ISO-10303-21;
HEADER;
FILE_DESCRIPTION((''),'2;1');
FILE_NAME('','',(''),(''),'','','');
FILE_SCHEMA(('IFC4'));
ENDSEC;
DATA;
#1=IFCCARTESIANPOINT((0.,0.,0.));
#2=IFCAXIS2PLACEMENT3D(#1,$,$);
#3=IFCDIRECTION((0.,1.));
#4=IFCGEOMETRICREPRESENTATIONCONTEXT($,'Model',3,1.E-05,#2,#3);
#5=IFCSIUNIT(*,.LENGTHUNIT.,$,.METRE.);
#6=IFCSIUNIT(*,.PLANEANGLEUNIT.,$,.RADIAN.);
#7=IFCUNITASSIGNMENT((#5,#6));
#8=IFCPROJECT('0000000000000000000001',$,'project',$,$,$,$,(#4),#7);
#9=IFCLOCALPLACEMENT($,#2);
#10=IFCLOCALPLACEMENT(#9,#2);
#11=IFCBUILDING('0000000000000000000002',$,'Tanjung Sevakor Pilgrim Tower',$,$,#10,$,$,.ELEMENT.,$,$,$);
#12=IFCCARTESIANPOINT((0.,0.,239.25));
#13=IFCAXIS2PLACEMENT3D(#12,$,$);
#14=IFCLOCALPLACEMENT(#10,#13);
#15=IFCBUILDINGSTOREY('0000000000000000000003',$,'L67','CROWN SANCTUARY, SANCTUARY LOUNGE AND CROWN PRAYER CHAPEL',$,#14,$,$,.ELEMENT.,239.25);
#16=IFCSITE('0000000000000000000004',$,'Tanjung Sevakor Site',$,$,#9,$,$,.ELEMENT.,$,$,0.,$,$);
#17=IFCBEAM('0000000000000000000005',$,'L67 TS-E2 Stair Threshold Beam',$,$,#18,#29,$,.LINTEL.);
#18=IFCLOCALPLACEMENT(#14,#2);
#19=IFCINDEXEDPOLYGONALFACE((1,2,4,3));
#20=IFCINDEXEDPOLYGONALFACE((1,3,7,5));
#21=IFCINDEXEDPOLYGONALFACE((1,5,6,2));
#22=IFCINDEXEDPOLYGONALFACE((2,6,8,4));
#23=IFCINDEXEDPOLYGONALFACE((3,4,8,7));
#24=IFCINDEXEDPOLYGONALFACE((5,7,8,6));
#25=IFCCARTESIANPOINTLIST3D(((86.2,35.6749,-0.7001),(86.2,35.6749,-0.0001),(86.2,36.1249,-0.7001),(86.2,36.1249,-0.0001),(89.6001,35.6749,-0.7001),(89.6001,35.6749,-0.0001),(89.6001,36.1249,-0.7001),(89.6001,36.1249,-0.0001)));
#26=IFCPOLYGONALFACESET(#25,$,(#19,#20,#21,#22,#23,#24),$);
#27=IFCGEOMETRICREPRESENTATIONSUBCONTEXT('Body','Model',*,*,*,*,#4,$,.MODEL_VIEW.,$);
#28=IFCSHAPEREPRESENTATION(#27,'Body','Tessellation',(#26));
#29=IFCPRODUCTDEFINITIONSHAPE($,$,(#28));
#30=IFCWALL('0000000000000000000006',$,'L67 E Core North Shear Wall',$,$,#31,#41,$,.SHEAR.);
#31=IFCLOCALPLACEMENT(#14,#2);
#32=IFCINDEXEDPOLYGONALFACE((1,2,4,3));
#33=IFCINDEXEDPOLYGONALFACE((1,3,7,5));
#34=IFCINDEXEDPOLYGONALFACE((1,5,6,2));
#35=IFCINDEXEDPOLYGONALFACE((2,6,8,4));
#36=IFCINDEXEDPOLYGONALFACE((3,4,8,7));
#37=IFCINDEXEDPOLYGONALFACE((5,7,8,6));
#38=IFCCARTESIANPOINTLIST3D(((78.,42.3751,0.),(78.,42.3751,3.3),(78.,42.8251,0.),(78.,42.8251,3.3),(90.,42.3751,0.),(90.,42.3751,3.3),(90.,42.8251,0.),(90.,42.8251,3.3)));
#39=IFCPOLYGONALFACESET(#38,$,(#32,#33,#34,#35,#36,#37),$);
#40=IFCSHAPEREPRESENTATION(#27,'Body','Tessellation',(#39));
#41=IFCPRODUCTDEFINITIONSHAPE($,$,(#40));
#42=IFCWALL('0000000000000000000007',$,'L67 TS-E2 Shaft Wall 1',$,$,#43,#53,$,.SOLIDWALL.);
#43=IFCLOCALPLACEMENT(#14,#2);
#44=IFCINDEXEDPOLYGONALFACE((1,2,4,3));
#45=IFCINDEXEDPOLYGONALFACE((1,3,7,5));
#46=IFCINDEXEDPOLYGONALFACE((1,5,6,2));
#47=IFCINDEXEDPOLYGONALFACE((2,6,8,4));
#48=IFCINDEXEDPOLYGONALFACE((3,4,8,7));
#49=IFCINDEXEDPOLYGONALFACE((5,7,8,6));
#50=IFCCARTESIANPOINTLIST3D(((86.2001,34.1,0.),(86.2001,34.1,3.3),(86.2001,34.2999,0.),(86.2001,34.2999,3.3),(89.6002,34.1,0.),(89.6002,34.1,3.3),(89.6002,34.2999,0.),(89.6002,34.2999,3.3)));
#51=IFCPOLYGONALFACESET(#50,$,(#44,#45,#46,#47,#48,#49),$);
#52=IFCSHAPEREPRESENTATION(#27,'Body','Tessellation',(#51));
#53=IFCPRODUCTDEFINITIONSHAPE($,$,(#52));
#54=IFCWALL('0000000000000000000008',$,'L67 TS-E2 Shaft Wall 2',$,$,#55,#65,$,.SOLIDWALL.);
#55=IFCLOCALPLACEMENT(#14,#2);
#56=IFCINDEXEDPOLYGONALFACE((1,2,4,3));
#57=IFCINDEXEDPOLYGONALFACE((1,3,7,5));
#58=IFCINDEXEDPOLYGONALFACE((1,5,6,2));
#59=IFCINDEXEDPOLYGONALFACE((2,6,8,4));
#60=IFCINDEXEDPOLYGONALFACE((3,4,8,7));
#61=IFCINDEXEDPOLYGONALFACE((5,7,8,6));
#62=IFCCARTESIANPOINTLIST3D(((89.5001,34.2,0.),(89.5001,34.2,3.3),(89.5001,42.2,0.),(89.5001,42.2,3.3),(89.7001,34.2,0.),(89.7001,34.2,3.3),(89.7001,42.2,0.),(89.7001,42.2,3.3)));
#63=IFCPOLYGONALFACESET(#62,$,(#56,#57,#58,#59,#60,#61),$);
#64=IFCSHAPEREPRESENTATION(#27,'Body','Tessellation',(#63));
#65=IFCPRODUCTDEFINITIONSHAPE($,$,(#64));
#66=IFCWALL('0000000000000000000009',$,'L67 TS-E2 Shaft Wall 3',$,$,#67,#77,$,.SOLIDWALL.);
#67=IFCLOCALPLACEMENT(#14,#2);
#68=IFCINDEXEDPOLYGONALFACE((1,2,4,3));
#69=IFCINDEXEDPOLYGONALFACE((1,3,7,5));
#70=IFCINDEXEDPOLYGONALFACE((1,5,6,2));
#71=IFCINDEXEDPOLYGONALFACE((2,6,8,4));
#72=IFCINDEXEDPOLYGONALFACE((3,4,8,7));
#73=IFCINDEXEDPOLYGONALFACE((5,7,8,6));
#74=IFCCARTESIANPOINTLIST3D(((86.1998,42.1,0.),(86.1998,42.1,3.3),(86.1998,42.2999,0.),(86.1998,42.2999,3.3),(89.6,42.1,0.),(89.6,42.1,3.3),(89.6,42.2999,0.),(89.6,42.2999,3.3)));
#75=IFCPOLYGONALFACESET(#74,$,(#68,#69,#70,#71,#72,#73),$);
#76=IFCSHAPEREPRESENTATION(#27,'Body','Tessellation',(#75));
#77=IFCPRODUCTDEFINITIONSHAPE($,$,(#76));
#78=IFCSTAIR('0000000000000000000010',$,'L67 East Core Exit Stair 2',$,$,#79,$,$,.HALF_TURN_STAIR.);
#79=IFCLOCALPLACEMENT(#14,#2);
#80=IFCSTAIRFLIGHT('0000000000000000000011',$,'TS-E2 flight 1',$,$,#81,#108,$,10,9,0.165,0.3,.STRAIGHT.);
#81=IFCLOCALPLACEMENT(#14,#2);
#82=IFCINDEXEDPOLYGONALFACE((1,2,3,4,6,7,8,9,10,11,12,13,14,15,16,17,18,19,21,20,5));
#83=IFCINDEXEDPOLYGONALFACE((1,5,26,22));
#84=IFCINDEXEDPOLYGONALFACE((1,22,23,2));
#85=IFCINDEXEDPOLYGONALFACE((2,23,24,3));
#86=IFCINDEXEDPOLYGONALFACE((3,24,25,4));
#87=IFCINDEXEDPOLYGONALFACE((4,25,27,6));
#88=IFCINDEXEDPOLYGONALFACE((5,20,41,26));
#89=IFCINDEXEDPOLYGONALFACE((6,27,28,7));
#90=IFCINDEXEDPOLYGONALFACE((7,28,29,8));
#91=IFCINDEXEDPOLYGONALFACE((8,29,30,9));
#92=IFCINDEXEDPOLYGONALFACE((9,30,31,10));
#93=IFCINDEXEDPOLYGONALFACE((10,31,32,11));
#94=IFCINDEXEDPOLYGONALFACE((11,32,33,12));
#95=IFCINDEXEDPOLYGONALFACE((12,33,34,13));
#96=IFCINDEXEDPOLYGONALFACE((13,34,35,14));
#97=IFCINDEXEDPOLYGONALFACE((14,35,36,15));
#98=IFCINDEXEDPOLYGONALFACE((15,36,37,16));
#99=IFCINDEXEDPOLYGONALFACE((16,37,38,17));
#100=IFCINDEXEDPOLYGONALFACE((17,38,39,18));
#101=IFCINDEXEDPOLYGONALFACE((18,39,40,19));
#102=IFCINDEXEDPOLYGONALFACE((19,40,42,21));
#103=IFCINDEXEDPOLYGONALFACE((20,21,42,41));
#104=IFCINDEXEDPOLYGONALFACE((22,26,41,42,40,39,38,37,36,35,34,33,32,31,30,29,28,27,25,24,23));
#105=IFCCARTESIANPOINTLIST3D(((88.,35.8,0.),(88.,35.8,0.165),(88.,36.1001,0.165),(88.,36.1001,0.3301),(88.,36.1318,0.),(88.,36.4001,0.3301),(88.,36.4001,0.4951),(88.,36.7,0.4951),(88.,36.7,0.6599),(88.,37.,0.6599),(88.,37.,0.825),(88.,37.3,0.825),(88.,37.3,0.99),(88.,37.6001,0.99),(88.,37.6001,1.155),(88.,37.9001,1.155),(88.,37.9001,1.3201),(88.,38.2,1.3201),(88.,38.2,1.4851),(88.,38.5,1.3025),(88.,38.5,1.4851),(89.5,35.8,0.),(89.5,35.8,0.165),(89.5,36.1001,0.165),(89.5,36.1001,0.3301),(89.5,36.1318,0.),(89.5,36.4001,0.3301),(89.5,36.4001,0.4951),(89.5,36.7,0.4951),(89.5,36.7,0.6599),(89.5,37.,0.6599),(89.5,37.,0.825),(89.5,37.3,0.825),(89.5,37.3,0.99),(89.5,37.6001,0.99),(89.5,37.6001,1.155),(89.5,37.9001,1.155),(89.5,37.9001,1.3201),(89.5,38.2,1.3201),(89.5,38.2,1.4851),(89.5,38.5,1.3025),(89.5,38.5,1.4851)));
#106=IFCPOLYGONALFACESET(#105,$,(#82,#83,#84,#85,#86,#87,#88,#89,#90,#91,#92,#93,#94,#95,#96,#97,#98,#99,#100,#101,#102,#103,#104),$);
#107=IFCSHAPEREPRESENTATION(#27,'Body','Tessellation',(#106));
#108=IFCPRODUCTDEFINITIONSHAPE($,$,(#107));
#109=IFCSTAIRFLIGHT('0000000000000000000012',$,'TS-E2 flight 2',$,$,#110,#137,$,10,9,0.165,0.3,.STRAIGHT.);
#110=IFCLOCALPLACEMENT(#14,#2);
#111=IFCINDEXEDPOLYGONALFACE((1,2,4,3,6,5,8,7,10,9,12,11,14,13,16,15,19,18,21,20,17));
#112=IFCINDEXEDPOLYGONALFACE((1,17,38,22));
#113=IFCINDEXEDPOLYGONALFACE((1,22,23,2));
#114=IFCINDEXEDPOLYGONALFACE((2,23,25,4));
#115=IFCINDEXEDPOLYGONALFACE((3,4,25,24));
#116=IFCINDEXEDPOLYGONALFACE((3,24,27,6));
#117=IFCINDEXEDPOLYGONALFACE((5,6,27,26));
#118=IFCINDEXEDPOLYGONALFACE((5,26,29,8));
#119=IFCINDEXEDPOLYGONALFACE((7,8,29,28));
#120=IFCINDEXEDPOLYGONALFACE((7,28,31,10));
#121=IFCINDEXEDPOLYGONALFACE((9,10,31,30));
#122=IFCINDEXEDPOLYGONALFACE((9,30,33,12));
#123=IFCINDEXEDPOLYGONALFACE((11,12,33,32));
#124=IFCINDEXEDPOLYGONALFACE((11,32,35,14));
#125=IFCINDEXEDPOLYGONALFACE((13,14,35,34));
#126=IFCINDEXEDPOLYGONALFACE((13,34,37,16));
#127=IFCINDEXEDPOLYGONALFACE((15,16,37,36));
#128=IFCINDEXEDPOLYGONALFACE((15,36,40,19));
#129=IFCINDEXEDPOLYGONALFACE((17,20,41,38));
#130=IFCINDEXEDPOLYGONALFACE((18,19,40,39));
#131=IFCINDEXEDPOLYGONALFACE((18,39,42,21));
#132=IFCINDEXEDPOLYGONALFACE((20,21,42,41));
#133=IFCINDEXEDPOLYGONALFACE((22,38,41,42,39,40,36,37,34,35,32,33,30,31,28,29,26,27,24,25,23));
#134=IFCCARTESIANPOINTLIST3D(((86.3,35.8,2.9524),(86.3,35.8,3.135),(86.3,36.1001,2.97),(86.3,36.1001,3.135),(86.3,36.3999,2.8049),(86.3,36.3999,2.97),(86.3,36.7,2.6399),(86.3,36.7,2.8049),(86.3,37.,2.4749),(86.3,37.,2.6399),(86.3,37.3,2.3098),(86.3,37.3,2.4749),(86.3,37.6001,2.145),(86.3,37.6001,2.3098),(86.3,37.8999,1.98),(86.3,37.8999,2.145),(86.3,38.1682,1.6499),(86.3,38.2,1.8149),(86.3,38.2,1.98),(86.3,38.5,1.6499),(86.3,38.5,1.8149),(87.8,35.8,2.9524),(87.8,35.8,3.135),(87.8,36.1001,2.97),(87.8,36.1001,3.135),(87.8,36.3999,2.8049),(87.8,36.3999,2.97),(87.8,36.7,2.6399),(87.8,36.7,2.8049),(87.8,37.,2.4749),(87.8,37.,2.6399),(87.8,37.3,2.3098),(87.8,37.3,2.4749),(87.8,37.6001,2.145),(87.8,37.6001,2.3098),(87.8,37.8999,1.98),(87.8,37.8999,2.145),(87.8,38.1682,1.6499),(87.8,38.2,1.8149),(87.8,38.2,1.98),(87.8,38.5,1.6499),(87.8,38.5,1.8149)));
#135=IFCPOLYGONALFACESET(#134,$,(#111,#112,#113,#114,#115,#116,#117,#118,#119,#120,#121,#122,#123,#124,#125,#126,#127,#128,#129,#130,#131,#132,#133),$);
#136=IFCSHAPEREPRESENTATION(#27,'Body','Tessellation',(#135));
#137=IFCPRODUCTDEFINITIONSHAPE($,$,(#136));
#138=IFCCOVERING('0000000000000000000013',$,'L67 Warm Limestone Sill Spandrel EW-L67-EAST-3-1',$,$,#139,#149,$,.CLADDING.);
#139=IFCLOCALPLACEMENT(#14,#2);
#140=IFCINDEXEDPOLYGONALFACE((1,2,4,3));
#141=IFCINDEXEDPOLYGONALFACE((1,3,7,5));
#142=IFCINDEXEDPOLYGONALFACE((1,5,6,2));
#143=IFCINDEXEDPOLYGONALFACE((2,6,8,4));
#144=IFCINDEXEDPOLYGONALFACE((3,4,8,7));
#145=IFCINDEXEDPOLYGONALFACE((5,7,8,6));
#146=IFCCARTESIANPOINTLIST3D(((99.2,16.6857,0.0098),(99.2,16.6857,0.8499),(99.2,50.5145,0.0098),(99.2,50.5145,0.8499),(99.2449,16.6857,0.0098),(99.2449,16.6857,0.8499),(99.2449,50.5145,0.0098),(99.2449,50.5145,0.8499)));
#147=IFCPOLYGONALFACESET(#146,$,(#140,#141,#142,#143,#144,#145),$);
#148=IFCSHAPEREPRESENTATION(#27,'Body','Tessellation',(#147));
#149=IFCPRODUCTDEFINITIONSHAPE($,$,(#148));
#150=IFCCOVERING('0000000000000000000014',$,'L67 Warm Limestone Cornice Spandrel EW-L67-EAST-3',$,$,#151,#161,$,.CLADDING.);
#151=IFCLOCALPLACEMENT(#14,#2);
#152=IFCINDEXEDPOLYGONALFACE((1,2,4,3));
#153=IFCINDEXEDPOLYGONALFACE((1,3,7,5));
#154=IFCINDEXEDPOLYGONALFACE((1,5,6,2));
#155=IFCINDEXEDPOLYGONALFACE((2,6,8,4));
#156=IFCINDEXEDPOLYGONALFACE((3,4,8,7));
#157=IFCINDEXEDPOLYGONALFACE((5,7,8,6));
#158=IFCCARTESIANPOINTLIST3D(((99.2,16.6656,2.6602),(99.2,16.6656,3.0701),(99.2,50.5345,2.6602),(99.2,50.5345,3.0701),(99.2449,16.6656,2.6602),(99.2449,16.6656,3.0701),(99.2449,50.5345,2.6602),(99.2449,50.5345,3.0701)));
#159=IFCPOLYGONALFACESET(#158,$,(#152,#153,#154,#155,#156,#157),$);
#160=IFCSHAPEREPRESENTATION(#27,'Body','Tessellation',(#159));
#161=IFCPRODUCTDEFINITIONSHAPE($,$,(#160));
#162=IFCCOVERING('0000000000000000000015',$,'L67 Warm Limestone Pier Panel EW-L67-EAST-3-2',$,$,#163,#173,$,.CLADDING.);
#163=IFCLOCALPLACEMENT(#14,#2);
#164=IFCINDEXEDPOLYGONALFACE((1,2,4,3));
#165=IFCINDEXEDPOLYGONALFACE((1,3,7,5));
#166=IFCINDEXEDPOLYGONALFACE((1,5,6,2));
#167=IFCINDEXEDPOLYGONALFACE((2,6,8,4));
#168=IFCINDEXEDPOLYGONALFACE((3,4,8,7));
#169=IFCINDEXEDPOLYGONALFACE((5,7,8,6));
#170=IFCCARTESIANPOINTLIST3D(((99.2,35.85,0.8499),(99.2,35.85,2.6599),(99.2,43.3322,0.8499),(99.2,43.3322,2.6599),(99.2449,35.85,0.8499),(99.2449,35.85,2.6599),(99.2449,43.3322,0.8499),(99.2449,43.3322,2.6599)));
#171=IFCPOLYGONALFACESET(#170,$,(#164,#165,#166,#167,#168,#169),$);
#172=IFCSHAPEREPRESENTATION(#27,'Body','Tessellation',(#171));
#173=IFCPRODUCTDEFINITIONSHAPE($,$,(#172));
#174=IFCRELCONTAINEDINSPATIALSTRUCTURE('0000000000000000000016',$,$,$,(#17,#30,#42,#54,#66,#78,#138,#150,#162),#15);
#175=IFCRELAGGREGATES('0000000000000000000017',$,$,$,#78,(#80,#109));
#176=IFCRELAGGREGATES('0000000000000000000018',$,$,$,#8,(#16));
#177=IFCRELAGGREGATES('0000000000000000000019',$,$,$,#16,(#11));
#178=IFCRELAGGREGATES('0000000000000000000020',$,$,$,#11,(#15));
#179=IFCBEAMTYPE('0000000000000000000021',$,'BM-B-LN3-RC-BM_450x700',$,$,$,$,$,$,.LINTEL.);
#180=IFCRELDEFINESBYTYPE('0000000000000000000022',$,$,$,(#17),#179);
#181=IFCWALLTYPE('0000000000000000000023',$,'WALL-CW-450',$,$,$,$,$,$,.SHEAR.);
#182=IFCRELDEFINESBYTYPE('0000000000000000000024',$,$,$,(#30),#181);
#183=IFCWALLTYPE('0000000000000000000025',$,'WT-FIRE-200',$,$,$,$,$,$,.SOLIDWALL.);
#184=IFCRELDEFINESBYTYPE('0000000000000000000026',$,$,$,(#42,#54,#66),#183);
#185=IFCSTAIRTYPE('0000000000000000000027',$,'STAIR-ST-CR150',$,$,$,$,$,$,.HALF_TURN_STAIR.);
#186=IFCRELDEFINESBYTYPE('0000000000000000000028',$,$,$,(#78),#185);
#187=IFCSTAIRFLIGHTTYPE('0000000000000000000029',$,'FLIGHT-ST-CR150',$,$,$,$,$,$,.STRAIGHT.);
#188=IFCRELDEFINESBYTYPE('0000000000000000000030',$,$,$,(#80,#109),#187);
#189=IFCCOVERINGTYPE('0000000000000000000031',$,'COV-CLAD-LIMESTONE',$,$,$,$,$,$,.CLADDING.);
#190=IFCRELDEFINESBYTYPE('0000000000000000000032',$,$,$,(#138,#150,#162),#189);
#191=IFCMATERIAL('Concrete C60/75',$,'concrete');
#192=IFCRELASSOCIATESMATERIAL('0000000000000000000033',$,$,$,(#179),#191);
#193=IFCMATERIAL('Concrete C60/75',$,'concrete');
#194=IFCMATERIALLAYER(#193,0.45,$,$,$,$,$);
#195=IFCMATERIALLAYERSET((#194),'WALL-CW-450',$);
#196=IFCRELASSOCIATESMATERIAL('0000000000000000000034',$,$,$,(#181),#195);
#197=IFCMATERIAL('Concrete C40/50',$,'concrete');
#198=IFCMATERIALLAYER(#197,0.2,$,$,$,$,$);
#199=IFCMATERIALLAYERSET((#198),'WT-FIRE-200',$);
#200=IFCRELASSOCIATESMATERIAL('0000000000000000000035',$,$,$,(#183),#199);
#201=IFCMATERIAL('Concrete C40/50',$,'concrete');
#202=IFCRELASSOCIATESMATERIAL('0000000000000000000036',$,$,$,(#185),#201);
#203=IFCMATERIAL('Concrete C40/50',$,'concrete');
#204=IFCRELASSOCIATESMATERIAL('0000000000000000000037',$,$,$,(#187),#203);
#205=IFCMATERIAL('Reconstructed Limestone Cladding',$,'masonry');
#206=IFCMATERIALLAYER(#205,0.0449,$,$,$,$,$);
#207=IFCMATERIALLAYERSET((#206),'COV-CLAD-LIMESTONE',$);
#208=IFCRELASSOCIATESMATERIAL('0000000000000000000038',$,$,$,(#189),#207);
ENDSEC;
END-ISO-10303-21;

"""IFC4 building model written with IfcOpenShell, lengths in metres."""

from ifc_helpers import new_model, si_unit, direction, frame, frame_2d, origin, origin_2d, place, context, subcontext, project, spatial, polyline, rectangle, outline, extrude, material, layer, layer_set, material_profile, profile_set, type_object, element, aggregate, save


model = new_model("IFC4")

# Units and contexts
model_context = context("Model", 3, precision=1e-05, world=origin(), true_north=direction((0.0, 1.0)))
body_context = subcontext(model_context, "Body", "Model", "MODEL_VIEW")
ifc_project = project(units=[si_unit("LENGTHUNIT", "METRE"), si_unit("PLANEANGLEUNIT", "RADIAN")], contexts=[model_context])

# Site, building, storey
site_placement = place(None, origin())
site = spatial("IfcSite", under=ifc_project, at=site_placement, Name="Tanjung Sevakor Site", CompositionType="ELEMENT", RefElevation=0.0)
building_placement = place(site_placement, origin())
building = spatial("IfcBuilding", under=site, at=building_placement, Name="Tanjung Sevakor Pilgrim Tower", CompositionType="ELEMENT")
storey_placement = place(building_placement, frame((0.0, 0.0, 239.25)))
storey = spatial("IfcBuildingStorey", under=building, at=storey_placement, Name="L67", Description="CROWN SANCTUARY, SANCTUARY LOUNGE AND CROWN PRAYER CHAPEL", CompositionType="ELEMENT", Elevation=239.25)

# Beam
ifc_material_1 = material(Name="Concrete C60/75", Category="concrete")
ifc_material_profile = material_profile(ifc_material_1, rectangle(XDim=0.45, YDim=0.7, at=origin_2d()))
ifc_profile_set = profile_set([ifc_material_profile], Name="Concrete C60/75")
beam_type = type_object("IfcBeamType", Name="BM-B-LN3-RC-BM_450x700", PredefinedType="LINTEL", material=ifc_profile_set)
beam_placement = place(storey_placement, frame((86.2, 35.8999, -0.3501), z_axis=(1.0, 0.0, 0.0), x_axis=(0.0, 1.0, 0.0)))
element("IfcBeam", 1, at=beam_placement, inside=storey, type_object=beam_type, Name="L67 TS-E2 Stair Threshold Beam", PredefinedType="LINTEL", context=body_context, shape_type="SweptSolid", body=[
    extrude(rectangle(XDim=0.45, YDim=0.7, at=origin_2d()), origin(), (0.0, 0.0, 1.0), 3.4001),
])

# Walls
ifc_material_2 = material(Name="Concrete C60/75", Category="concrete")
ifc_layer_1 = layer(ifc_material_2, 0.45)
ifc_layer_set_1 = layer_set([ifc_layer_1], Name="WALL-CW-450")
wall_type_1 = type_object("IfcWallType", Name="WALL-CW-450", PredefinedType="SHEAR", material=ifc_layer_set_1)
wall_1_placement = place(storey_placement, frame((90.0, 42.6001, 0.0), z_axis=(0.0, 0.0, 1.0), x_axis=(-1.0, 0.0, 0.0)))
element("IfcWall", 2, at=wall_1_placement, inside=storey, type_object=wall_type_1, Name="L67 E Core North Shear Wall", PredefinedType="SHEAR", context=body_context, shape_type="SweptSolid", body=[
    extrude(rectangle(XDim=12.0, YDim=0.45, at=frame_2d((6.0, 0.0))), origin(), (0.0, 0.0, 1.0), 3.3),
])
ifc_material_3 = material(Name="Concrete C40/50", Category="concrete")
ifc_layer_2 = layer(ifc_material_3, 0.2)
ifc_layer_set_2 = layer_set([ifc_layer_2], Name="WT-FIRE-200")
wall_type_2 = type_object("IfcWallType", Name="WT-FIRE-200", PredefinedType="SOLIDWALL", material=ifc_layer_set_2)
wall_2_placement = place(storey_placement, frame((86.2, 34.2, 0.0), z_axis=(0.0, 0.0, 1.0), x_axis=(1.0, 0.0, 0.0)))
element("IfcWall", 3, at=wall_2_placement, inside=storey, type_object=wall_type_2, Name="L67 TS-E2 Shaft Wall 1", PredefinedType="SOLIDWALL", context=body_context, shape_type="SweptSolid", body=[
    extrude(rectangle(XDim=3.4001, YDim=0.2, at=frame_2d((1.7002, 0.0))), origin(), (0.0, 0.0, 1.0), 3.3),
])
wall_3_placement = place(storey_placement, frame((89.6001, 34.2, 0.0), z_axis=(0.0, 0.0, 1.0), x_axis=(0.0, 1.0, 0.0)))
element("IfcWall", 4, at=wall_3_placement, inside=storey, type_object=wall_type_2, Name="L67 TS-E2 Shaft Wall 2", PredefinedType="SOLIDWALL", context=body_context, shape_type="SweptSolid", body=[
    extrude(rectangle(XDim=8.0, YDim=0.2, at=frame_2d((4.0, 0.0))), origin(), (0.0, 0.0, 1.0), 3.3),
])
wall_4_placement = place(storey_placement, frame((89.6001, 42.2, 0.0), z_axis=(0.0, 0.0, 1.0), x_axis=(-1.0, 0.0, 0.0)))
element("IfcWall", 5, at=wall_4_placement, inside=storey, type_object=wall_type_2, Name="L67 TS-E2 Shaft Wall 3", PredefinedType="SOLIDWALL", context=body_context, shape_type="SweptSolid", body=[
    extrude(rectangle(XDim=3.4001, YDim=0.2, at=frame_2d((1.7002, 0.0))), origin(), (0.0, 0.0, 1.0), 3.3),
])

# Stair, stair flights
ifc_material_4 = material(Name="Concrete C40/50", Category="concrete")
stair_type = type_object("IfcStairType", Name="STAIR-ST-CR150", PredefinedType="HALF_TURN_STAIR", material=ifc_material_4)
stair_placement = place(storey_placement, origin())
stair = element("IfcStair", 6, at=stair_placement, inside=storey, type_object=stair_type, Name="L67 East Core Exit Stair 2", PredefinedType="HALF_TURN_STAIR")
ifc_material_5 = material(Name="Concrete C40/50", Category="concrete")
stair_flight_type = type_object("IfcStairFlightType", Name="FLIGHT-ST-CR150", PredefinedType="STRAIGHT", material=ifc_material_5)
stair_flight_1_placement = place(storey_placement, frame((88.75, 35.8, 0.0), z_axis=(0.0, 0.0, 1.0), x_axis=(0.0, 1.0, 0.0)))
stair_flight_1 = element("IfcStairFlight", 7, at=stair_flight_1_placement, type_object=stair_flight_type, Name="TS-E2 flight 1", NumberOfRisers=10, NumberOfTreads=9, PredefinedType="STRAIGHT", RiserHeight=0.165, TreadLength=0.3, context=body_context, shape_type="SweptSolid", body=[
    extrude(outline(polyline([(0.0, 0.0), (0.0, 0.165), (0.3, 0.165), (0.3, 0.3301), (0.6001, 0.3301), (0.6001, 0.4951), (0.8999, 0.4951), (0.8999, 0.6599), (1.2, 0.6599), (1.2, 0.825), (1.5, 0.825), (1.5, 0.99), (1.8, 0.99), (1.8, 1.155), (2.1001, 1.155), (2.1001, 1.3201), (2.3999, 1.3201), (2.3999, 1.4851), (2.7, 1.4851), (2.7, 1.6499), (2.7, 1.3025), (0.3318, 0.0), (0.0, 0.0)])), frame((0.0, 0.75, 0.0), z_axis=(0.0, -1.0, 0.0), x_axis=(1.0, 0.0, 0.0)), (0.0, 0.0, 1.0), 1.5),
])
stair_flight_2_placement = place(storey_placement, frame((87.05, 38.5, 1.6499), z_axis=(0.0, 0.0, 1.0), x_axis=(0.0, -1.0, 0.0)))
stair_flight_2 = element("IfcStairFlight", 8, at=stair_flight_2_placement, type_object=stair_flight_type, Name="TS-E2 flight 2", NumberOfRisers=10, NumberOfTreads=9, PredefinedType="STRAIGHT", RiserHeight=0.165, TreadLength=0.3, context=body_context, shape_type="SweptSolid", body=[
    extrude(outline(polyline([(0.0, 0.0), (0.0, 0.165), (0.3, 0.165), (0.3, 0.3301), (0.6001, 0.3301), (0.6001, 0.4951), (0.8999, 0.4951), (0.8999, 0.6599), (1.2, 0.6599), (1.2, 0.825), (1.5, 0.825), (1.5, 0.99), (1.8, 0.99), (1.8, 1.155), (2.1001, 1.155), (2.1001, 1.3201), (2.3999, 1.3201), (2.3999, 1.4851), (2.7, 1.4851), (2.7, 1.6499), (2.7, 1.3025), (0.3318, 0.0), (0.0, 0.0)])), frame((0.0, 0.75, 0.0), z_axis=(0.0, -1.0, 0.0), x_axis=(1.0, 0.0, 0.0)), (0.0, 0.0, 1.0), 1.5),
])
aggregate(stair, [stair_flight_1, stair_flight_2])

# Coverings
ifc_material_6 = material(Name="Reconstructed Limestone Cladding", Category="masonry")
ifc_layer_3 = layer(ifc_material_6, 0.0449)
ifc_layer_set_3 = layer_set([ifc_layer_3], Name="COV-CLAD-LIMESTONE")
covering_type = type_object("IfcCoveringType", Name="COV-CLAD-LIMESTONE", PredefinedType="CLADDING", material=ifc_layer_set_3)
covering_1_placement = place(storey_placement, frame((99.2224, 33.6001, 0.0098), z_axis=(0.0, 0.0, 1.0), x_axis=(0.0, 1.0, 0.0)))
element("IfcCovering", 9, at=covering_1_placement, inside=storey, type_object=covering_type, Name="L67 Warm Limestone Sill Spandrel EW-L67-EAST-3-1", PredefinedType="CLADDING", context=body_context, shape_type="SweptSolid", body=[
    extrude(rectangle(XDim=33.8289, YDim=0.0449, at=origin_2d()), origin(), (0.0, 0.0, 1.0), 0.8401),
])
covering_2_placement = place(storey_placement, frame((99.2224, 33.6001, 2.6602), z_axis=(0.0, 0.0, 1.0), x_axis=(0.0, 1.0, 0.0)))
element("IfcCovering", 10, at=covering_2_placement, inside=storey, type_object=covering_type, Name="L67 Warm Limestone Cornice Spandrel EW-L67-EAST-3", PredefinedType="CLADDING", context=body_context, shape_type="SweptSolid", body=[
    extrude(rectangle(XDim=33.8689, YDim=0.0449, at=origin_2d()), origin(), (0.0, 0.0, 1.0), 0.4099),
])
covering_3_placement = place(storey_placement, frame((99.2224, 39.5911, 0.8499), z_axis=(0.0, 0.0, 1.0), x_axis=(0.0, 1.0, 0.0)))
element("IfcCovering", 11, at=covering_3_placement, inside=storey, type_object=covering_type, Name="L67 Warm Limestone Pier Panel EW-L67-EAST-3-2", PredefinedType="CLADDING", context=body_context, shape_type="SweptSolid", body=[
    extrude(rectangle(XDim=7.4822, YDim=0.0449, at=origin_2d()), origin(), (0.0, 0.0, 1.0), 1.8101),
])

save(model, "model.ifc")
